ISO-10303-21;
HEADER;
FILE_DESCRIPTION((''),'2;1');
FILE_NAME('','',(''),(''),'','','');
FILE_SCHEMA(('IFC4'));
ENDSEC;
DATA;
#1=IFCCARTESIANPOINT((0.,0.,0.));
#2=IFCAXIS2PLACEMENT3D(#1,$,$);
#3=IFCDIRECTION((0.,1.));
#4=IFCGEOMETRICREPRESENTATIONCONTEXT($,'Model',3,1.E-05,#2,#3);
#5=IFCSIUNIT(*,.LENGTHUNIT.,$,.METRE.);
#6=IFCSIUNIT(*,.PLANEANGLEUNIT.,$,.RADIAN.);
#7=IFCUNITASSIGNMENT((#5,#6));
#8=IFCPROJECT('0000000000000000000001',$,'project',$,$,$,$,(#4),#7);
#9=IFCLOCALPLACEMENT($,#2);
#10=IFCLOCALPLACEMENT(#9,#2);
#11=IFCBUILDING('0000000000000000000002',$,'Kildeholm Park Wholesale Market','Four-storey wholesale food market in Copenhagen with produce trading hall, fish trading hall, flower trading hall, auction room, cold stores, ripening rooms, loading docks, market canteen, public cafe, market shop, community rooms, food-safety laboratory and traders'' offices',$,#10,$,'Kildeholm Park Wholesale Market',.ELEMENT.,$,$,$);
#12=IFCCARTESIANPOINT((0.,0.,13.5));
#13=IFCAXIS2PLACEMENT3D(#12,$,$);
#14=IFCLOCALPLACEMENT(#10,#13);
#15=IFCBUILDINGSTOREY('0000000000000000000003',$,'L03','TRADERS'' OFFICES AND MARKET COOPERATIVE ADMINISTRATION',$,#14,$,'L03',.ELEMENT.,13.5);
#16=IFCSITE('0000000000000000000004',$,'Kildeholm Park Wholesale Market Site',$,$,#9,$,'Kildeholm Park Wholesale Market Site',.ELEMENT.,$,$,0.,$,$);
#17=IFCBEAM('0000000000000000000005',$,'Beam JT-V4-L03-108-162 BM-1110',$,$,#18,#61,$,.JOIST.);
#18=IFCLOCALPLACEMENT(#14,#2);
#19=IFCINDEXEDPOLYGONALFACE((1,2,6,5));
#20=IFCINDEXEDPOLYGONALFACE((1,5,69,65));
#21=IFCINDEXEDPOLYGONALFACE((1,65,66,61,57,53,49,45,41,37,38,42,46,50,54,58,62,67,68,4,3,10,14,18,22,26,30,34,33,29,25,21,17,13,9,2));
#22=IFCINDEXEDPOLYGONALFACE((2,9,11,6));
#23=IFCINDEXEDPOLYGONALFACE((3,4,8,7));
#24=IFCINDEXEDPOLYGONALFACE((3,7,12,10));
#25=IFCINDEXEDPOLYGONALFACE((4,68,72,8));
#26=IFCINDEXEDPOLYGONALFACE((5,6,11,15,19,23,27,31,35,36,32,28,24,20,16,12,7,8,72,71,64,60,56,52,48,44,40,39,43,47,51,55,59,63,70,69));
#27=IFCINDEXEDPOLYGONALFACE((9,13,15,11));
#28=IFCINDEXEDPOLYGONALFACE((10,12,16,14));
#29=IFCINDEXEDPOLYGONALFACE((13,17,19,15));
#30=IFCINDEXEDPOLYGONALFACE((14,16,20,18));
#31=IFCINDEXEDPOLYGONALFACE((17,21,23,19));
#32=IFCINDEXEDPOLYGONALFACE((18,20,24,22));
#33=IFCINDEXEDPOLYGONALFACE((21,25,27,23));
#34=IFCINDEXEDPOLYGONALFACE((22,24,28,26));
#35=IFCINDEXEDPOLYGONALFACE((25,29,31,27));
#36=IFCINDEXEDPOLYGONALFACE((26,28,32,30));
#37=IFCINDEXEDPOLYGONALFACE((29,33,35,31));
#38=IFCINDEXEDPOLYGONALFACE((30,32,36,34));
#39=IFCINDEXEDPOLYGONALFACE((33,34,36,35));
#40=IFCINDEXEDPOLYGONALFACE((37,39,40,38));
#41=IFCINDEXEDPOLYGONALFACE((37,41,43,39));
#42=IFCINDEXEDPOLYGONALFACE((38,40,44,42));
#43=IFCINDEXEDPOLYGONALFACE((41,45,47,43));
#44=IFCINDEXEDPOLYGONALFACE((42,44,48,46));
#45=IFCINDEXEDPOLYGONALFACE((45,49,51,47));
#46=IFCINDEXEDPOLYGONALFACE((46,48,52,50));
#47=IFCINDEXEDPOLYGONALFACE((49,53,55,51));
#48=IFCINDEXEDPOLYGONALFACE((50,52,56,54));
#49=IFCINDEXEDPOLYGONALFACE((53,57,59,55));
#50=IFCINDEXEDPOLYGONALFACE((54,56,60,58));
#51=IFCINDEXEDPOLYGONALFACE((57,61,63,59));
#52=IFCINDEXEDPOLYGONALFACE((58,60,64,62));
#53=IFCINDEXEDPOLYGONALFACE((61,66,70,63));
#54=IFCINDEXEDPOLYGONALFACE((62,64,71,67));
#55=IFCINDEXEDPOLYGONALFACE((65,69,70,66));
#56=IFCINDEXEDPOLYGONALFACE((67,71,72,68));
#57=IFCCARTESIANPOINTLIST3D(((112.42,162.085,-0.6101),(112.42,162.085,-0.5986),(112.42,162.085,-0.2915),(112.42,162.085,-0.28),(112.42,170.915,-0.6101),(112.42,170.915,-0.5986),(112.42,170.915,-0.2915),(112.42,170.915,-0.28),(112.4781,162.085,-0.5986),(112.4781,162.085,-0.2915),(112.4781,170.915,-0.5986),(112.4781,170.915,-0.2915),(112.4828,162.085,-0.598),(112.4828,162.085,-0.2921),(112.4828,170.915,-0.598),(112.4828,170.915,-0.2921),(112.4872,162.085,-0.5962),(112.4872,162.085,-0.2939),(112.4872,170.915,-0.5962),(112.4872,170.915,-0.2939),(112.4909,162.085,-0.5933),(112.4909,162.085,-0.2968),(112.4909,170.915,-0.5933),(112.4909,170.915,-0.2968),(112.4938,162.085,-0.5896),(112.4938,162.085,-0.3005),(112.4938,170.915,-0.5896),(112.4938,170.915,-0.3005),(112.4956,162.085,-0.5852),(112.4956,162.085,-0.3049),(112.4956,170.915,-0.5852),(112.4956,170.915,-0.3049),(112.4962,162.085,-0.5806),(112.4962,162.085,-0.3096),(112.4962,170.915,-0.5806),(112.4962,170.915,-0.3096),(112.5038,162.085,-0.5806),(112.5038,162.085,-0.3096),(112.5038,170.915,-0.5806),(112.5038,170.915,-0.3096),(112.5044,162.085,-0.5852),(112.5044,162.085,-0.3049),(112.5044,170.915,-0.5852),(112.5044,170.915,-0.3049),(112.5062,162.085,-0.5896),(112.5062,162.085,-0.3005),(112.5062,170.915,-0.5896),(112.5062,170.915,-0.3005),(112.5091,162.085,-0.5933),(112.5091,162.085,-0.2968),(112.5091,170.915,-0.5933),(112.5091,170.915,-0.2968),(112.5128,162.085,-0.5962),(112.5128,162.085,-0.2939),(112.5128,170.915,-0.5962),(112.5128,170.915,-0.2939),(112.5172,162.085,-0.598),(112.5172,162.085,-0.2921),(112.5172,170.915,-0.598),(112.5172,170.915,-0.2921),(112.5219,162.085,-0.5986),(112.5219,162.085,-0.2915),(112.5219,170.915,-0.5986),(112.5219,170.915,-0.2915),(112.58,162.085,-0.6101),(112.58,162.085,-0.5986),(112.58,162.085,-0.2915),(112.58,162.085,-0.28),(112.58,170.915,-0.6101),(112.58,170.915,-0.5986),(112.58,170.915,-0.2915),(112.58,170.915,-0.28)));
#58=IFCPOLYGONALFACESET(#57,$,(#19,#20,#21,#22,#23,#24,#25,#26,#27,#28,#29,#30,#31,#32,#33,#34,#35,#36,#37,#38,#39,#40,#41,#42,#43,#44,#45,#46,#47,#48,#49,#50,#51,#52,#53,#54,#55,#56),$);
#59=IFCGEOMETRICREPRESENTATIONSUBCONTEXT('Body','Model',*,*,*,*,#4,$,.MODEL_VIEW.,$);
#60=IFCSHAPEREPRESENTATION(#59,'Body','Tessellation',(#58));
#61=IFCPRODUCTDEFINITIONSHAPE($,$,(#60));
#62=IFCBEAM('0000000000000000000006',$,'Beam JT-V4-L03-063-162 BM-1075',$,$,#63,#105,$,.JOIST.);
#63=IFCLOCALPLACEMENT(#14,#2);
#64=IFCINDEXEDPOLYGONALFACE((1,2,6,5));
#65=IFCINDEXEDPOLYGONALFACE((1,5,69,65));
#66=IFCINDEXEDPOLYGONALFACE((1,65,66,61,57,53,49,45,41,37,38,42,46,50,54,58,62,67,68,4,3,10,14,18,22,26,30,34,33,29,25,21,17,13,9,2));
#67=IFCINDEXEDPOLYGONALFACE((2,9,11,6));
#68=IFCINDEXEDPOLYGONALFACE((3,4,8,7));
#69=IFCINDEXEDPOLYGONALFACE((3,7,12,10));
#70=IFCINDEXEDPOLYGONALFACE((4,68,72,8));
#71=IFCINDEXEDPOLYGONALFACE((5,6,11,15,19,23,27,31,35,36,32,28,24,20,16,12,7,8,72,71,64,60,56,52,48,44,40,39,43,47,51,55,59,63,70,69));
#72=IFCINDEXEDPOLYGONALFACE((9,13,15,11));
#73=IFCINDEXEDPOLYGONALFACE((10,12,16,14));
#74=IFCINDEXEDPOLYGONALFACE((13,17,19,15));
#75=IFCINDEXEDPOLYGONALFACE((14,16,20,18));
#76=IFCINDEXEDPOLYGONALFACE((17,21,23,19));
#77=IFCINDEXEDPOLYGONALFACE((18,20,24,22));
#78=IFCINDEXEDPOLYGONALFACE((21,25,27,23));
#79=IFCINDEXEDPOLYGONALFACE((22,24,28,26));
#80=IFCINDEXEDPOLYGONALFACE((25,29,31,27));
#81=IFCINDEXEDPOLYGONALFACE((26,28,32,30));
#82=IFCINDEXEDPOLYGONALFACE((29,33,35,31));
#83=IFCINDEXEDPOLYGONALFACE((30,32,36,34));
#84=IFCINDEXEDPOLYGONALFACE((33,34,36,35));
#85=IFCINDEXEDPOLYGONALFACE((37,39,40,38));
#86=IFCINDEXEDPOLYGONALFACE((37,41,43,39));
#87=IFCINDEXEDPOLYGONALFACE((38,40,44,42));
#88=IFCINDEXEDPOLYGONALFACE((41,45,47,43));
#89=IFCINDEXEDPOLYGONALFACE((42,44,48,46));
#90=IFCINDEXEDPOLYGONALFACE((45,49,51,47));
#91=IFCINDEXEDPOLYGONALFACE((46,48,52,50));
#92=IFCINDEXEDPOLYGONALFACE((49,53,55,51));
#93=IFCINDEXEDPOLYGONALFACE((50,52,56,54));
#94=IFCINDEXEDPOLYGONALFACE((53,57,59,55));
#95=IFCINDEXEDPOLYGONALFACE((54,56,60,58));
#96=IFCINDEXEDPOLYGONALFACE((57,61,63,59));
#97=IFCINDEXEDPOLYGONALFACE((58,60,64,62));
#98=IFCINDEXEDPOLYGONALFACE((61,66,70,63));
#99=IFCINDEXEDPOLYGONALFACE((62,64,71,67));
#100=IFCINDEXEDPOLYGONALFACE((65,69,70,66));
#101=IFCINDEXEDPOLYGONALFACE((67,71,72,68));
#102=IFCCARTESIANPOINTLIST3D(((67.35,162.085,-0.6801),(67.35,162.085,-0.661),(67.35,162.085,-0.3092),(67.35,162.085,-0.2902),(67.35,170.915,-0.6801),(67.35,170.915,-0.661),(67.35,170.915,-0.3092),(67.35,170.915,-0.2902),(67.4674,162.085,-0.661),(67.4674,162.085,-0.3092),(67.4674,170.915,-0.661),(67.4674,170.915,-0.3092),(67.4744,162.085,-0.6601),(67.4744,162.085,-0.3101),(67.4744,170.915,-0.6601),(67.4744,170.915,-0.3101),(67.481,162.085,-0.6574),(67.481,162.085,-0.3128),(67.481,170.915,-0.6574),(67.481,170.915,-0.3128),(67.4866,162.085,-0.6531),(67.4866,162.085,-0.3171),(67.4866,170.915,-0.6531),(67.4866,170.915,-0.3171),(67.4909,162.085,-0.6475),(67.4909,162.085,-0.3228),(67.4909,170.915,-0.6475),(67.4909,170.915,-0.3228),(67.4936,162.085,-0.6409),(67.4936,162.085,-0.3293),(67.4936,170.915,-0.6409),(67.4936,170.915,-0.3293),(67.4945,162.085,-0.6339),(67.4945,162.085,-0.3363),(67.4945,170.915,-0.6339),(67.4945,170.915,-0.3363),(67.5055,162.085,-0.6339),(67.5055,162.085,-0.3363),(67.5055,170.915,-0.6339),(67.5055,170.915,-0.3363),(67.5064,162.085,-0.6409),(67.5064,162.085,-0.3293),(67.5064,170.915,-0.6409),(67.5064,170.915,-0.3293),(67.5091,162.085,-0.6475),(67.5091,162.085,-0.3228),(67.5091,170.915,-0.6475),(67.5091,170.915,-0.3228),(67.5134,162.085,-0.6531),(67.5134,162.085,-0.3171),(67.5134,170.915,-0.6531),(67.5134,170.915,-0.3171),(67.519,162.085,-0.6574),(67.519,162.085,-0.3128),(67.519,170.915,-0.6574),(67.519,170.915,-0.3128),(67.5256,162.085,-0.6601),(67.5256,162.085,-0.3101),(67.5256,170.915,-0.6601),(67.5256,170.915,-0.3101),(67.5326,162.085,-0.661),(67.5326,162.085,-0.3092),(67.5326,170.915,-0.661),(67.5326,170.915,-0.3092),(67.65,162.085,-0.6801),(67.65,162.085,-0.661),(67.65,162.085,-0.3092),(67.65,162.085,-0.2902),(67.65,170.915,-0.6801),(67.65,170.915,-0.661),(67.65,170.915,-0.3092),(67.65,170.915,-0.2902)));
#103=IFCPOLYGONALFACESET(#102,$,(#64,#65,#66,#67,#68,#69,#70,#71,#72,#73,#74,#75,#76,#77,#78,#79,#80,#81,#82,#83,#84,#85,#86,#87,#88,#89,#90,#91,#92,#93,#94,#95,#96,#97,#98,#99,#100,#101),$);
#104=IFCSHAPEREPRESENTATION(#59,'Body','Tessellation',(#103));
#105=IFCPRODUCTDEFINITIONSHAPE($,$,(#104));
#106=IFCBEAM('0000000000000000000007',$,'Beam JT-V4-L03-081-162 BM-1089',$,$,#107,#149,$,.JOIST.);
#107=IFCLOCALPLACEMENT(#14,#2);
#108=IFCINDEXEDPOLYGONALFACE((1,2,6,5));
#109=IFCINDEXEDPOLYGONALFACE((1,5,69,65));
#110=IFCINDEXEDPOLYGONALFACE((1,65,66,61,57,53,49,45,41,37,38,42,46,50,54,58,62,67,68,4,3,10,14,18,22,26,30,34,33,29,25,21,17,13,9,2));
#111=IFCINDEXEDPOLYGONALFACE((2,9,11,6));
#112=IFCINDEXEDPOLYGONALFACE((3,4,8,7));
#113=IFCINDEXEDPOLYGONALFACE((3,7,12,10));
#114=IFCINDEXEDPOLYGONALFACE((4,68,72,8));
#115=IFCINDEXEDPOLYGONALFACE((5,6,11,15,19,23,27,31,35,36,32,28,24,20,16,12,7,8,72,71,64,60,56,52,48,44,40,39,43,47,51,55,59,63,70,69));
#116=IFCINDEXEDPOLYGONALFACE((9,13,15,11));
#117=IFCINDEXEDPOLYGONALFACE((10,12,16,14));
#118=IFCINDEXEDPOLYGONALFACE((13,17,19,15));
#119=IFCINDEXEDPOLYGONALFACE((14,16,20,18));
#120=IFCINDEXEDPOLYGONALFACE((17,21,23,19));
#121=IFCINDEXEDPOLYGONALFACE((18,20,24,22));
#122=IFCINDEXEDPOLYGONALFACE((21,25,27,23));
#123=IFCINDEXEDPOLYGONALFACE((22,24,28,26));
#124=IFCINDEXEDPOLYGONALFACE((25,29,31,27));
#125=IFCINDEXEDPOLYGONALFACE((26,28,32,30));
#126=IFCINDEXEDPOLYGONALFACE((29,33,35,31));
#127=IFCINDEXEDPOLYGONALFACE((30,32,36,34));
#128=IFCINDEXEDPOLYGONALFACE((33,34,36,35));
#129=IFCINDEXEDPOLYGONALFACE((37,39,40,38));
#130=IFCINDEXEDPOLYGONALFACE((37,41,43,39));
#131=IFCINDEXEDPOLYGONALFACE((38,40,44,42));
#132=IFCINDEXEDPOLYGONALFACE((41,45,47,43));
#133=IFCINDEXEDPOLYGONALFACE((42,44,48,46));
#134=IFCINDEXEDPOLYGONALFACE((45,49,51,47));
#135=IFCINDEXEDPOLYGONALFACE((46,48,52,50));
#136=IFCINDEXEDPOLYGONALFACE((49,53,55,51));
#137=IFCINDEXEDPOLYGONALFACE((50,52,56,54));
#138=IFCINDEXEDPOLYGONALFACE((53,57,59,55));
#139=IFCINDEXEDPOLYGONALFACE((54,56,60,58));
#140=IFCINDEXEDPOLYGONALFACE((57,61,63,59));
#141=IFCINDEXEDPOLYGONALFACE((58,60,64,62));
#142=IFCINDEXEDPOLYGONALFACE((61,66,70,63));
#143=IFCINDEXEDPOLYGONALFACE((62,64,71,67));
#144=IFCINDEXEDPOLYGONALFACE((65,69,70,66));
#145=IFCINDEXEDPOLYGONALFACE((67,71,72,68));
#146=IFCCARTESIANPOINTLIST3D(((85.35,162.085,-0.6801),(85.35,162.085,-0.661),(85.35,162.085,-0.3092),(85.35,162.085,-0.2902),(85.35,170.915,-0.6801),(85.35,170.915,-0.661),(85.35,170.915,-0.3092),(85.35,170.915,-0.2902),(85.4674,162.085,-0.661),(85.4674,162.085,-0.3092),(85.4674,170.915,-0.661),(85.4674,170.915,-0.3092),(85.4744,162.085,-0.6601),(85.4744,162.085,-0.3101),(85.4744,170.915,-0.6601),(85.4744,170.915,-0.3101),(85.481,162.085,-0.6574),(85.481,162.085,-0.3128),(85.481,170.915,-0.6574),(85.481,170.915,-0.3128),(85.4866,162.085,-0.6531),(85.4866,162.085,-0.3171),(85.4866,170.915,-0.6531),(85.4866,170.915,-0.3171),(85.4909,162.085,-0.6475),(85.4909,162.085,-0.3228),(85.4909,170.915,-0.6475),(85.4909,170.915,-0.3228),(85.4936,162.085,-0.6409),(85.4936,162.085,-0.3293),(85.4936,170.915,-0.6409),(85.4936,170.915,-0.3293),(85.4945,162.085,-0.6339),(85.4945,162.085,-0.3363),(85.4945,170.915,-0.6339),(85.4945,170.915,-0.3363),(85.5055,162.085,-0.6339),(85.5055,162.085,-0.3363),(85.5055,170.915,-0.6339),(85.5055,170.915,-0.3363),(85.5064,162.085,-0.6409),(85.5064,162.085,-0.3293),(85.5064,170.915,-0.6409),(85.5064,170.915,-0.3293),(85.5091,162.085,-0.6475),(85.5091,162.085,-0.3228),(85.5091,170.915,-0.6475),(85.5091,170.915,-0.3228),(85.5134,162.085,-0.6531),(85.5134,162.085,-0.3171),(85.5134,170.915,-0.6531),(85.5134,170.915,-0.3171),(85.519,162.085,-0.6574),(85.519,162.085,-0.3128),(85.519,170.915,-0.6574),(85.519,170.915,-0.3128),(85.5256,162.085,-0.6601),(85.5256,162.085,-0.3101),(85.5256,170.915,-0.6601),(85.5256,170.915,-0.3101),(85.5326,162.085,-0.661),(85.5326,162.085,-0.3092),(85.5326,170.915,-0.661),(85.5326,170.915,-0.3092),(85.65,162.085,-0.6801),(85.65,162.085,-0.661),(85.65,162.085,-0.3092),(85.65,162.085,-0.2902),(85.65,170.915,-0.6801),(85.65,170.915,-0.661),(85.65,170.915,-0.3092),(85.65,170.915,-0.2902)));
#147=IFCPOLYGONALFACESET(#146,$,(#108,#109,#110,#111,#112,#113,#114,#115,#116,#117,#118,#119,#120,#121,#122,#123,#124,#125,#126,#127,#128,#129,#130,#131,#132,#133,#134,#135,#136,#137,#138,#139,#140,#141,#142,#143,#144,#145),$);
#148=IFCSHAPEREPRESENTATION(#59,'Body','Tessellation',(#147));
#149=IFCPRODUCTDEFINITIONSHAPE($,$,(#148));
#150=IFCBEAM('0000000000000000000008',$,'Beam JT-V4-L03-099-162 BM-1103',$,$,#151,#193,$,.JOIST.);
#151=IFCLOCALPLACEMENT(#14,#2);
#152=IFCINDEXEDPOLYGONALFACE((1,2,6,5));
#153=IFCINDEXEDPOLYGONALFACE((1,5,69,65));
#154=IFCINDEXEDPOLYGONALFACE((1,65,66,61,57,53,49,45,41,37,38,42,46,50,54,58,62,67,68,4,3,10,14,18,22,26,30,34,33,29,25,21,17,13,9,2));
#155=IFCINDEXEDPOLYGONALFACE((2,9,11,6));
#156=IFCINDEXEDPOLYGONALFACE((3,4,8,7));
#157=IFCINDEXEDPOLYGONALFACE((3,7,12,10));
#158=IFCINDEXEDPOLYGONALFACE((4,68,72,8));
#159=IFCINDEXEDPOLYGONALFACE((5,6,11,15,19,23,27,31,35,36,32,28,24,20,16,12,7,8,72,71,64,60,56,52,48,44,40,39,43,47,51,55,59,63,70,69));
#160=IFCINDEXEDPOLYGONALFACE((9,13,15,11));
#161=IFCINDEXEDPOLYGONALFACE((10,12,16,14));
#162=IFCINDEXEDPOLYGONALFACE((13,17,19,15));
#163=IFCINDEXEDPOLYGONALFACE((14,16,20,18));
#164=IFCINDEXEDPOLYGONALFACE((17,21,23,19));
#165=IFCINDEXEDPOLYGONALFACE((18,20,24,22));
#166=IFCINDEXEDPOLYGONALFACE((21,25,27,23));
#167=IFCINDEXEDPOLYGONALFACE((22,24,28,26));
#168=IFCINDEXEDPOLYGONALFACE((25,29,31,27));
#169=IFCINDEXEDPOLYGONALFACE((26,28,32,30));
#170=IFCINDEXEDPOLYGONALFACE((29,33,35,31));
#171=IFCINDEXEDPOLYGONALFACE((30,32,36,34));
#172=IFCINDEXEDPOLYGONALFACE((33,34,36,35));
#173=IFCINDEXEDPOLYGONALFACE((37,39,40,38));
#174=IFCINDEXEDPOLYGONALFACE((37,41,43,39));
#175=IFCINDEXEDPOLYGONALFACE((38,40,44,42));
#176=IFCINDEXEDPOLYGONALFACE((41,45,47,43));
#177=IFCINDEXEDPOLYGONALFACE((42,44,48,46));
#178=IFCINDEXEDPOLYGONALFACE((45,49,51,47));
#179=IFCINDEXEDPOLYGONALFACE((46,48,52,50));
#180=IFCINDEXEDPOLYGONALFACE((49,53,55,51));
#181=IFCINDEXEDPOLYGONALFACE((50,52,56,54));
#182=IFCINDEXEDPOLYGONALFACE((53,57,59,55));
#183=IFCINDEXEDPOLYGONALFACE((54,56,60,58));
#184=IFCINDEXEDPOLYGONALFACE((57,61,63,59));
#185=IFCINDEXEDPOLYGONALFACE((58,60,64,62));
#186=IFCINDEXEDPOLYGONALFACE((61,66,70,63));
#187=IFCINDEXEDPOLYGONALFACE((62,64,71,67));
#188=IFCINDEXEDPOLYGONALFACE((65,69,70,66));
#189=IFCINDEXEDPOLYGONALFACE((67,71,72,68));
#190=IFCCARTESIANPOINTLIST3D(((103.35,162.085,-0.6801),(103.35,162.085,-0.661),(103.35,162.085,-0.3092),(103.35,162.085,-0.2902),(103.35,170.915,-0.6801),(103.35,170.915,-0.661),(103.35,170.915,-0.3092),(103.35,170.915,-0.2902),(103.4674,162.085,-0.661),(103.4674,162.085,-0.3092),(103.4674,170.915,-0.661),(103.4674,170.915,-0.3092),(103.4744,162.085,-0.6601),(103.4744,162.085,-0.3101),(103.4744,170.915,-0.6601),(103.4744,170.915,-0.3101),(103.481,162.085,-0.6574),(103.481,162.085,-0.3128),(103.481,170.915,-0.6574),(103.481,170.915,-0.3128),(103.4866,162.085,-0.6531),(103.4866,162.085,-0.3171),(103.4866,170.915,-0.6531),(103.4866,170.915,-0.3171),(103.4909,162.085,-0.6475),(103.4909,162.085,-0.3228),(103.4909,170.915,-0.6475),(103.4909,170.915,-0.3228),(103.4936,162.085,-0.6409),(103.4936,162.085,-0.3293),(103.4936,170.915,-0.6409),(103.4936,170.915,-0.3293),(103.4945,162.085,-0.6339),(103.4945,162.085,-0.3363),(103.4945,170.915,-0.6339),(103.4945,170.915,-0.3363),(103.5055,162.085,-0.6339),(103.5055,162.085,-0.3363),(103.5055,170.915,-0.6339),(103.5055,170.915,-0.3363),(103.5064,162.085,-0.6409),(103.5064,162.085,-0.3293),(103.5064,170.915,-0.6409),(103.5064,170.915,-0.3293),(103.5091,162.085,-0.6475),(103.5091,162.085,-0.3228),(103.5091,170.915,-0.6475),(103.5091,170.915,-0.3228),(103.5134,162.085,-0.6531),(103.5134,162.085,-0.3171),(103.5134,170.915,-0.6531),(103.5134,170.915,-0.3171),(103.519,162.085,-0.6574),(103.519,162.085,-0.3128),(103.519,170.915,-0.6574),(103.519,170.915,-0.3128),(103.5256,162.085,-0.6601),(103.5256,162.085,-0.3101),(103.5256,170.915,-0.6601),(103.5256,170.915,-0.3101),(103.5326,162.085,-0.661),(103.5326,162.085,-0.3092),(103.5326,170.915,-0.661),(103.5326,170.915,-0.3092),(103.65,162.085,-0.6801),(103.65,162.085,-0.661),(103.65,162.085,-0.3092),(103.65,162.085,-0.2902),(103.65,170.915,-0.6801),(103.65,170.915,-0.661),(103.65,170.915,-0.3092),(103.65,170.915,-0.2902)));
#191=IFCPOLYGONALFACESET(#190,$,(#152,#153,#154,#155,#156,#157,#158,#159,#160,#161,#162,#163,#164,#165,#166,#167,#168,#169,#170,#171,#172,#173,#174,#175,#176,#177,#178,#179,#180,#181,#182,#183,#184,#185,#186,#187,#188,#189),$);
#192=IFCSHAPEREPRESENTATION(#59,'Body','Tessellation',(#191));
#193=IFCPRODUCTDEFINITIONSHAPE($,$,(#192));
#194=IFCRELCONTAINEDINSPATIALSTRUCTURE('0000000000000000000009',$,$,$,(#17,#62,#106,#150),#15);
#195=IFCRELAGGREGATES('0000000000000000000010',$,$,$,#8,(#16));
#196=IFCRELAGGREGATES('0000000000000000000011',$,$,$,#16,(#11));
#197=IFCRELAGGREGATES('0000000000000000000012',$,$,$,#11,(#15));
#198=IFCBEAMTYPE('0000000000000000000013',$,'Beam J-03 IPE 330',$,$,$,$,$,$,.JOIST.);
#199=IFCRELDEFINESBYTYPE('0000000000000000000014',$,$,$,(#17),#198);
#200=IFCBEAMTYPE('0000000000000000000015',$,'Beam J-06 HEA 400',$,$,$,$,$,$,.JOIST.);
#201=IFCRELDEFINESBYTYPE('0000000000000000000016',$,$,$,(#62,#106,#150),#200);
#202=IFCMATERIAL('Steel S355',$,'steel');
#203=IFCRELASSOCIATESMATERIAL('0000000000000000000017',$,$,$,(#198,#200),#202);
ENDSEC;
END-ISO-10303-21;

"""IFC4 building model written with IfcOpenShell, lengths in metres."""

from ifc_helpers import new_model, si_unit, direction, frame, origin, origin_2d, place, context, subcontext, project, spatial, i_section, extrude, material, material_profile, profile_set, type_object, element, save


model = new_model("IFC4")

# Units and contexts
model_context = context("Model", 3, precision=1e-05, world=origin(), true_north=direction((0.0, 1.0)))
body_context = subcontext(model_context, "Body", "Model", "MODEL_VIEW")
ifc_project = project(units=[si_unit("LENGTHUNIT", "METRE"), si_unit("PLANEANGLEUNIT", "RADIAN")], contexts=[model_context])

# Site, building, storey
site_placement = place(None, origin())
site = spatial("IfcSite", under=ifc_project, at=site_placement, Name="Kildeholm Park Wholesale Market Site", LongName="Kildeholm Park Wholesale Market Site", CompositionType="ELEMENT", RefElevation=0.0)
building_placement = place(site_placement, origin())
building = spatial("IfcBuilding", under=site, at=building_placement, Name="Kildeholm Park Wholesale Market", Description="Four-storey wholesale food market in Copenhagen with produce trading hall, fish trading hall, flower trading hall, auction room, cold stores, ripening rooms, loading docks, market canteen, public cafe, market shop, community rooms, food-safety laboratory and traders' offices", LongName="Kildeholm Park Wholesale Market", CompositionType="ELEMENT")
storey_placement = place(building_placement, frame((0.0, 0.0, 13.5)))
storey = spatial("IfcBuildingStorey", under=building, at=storey_placement, Name="L03", Description="TRADERS' OFFICES AND MARKET COOPERATIVE ADMINISTRATION", LongName="L03", CompositionType="ELEMENT", Elevation=13.5)

# Beams
ifc_material_1 = material(Name="Steel S355", Category="steel")
ifc_material_profile_1 = material_profile(ifc_material_1, i_section(OverallWidth=0.1599, OverallDepth=0.3301, WebThickness=0.0076, FlangeThickness=0.0115, FilletRadius=0.0181, at=origin_2d()), Name="IPE 330")
ifc_profile_set_1 = profile_set([ifc_material_profile_1], Name="Steel S355")
beam_type_1 = type_object("IfcBeamType", Name="Beam J-03 IPE 330", PredefinedType="JOIST", material=ifc_profile_set_1)
for number, where, z_axis, x_axis, name in (
    (1, (112.5, 162.085, -0.4451), (0.0, 1.0, 0.0), (-1.0, 0.0, 0.0), "Beam JT-V4-L03-108-162 BM-1110"),
):
    element("IfcBeam", number, at=place(storey_placement, frame(where, z_axis=z_axis, x_axis=x_axis)), inside=storey, type_object=beam_type_1, Name=name, PredefinedType="JOIST", context=body_context, shape_type="SweptSolid", body=[
        extrude(i_section(OverallWidth=0.1599, OverallDepth=0.3301, WebThickness=0.0076, FlangeThickness=0.0115, FilletRadius=0.0181, at=origin_2d()), origin(), (0.0, 0.0, 1.0), 8.8301),
    ])
ifc_material_profile_2 = material_profile(ifc_material_1, i_section(OverallWidth=0.3, OverallDepth=0.3899, WebThickness=0.011, FlangeThickness=0.019, FilletRadius=0.0271, at=origin_2d()), Name="HEA 400")
ifc_profile_set_2 = profile_set([ifc_material_profile_2], Name="Steel S355")
beam_type_2 = type_object("IfcBeamType", Name="Beam J-06 HEA 400", PredefinedType="JOIST", material=ifc_profile_set_2)
for number, where, z_axis, x_axis, name in (
    (2, (67.5, 162.085, -0.4851), (0.0, 1.0, 0.0), (-1.0, 0.0, 0.0), "Beam JT-V4-L03-063-162 BM-1075"),
    (3, (85.5, 162.085, -0.4851), (0.0, 1.0, 0.0), (-1.0, 0.0, 0.0), "Beam JT-V4-L03-081-162 BM-1089"),
    (4, (103.5, 162.085, -0.4851), (0.0, 1.0, 0.0), (-1.0, 0.0, 0.0), "Beam JT-V4-L03-099-162 BM-1103"),
):
    element("IfcBeam", number, at=place(storey_placement, frame(where, z_axis=z_axis, x_axis=x_axis)), inside=storey, type_object=beam_type_2, Name=name, PredefinedType="JOIST", context=body_context, shape_type="SweptSolid", body=[
        extrude(i_section(OverallWidth=0.3, OverallDepth=0.3899, WebThickness=0.011, FlangeThickness=0.019, FilletRadius=0.0271, at=origin_2d()), origin(), (0.0, 0.0, 1.0), 8.8301),
    ])

save(model, "model.ifc")
